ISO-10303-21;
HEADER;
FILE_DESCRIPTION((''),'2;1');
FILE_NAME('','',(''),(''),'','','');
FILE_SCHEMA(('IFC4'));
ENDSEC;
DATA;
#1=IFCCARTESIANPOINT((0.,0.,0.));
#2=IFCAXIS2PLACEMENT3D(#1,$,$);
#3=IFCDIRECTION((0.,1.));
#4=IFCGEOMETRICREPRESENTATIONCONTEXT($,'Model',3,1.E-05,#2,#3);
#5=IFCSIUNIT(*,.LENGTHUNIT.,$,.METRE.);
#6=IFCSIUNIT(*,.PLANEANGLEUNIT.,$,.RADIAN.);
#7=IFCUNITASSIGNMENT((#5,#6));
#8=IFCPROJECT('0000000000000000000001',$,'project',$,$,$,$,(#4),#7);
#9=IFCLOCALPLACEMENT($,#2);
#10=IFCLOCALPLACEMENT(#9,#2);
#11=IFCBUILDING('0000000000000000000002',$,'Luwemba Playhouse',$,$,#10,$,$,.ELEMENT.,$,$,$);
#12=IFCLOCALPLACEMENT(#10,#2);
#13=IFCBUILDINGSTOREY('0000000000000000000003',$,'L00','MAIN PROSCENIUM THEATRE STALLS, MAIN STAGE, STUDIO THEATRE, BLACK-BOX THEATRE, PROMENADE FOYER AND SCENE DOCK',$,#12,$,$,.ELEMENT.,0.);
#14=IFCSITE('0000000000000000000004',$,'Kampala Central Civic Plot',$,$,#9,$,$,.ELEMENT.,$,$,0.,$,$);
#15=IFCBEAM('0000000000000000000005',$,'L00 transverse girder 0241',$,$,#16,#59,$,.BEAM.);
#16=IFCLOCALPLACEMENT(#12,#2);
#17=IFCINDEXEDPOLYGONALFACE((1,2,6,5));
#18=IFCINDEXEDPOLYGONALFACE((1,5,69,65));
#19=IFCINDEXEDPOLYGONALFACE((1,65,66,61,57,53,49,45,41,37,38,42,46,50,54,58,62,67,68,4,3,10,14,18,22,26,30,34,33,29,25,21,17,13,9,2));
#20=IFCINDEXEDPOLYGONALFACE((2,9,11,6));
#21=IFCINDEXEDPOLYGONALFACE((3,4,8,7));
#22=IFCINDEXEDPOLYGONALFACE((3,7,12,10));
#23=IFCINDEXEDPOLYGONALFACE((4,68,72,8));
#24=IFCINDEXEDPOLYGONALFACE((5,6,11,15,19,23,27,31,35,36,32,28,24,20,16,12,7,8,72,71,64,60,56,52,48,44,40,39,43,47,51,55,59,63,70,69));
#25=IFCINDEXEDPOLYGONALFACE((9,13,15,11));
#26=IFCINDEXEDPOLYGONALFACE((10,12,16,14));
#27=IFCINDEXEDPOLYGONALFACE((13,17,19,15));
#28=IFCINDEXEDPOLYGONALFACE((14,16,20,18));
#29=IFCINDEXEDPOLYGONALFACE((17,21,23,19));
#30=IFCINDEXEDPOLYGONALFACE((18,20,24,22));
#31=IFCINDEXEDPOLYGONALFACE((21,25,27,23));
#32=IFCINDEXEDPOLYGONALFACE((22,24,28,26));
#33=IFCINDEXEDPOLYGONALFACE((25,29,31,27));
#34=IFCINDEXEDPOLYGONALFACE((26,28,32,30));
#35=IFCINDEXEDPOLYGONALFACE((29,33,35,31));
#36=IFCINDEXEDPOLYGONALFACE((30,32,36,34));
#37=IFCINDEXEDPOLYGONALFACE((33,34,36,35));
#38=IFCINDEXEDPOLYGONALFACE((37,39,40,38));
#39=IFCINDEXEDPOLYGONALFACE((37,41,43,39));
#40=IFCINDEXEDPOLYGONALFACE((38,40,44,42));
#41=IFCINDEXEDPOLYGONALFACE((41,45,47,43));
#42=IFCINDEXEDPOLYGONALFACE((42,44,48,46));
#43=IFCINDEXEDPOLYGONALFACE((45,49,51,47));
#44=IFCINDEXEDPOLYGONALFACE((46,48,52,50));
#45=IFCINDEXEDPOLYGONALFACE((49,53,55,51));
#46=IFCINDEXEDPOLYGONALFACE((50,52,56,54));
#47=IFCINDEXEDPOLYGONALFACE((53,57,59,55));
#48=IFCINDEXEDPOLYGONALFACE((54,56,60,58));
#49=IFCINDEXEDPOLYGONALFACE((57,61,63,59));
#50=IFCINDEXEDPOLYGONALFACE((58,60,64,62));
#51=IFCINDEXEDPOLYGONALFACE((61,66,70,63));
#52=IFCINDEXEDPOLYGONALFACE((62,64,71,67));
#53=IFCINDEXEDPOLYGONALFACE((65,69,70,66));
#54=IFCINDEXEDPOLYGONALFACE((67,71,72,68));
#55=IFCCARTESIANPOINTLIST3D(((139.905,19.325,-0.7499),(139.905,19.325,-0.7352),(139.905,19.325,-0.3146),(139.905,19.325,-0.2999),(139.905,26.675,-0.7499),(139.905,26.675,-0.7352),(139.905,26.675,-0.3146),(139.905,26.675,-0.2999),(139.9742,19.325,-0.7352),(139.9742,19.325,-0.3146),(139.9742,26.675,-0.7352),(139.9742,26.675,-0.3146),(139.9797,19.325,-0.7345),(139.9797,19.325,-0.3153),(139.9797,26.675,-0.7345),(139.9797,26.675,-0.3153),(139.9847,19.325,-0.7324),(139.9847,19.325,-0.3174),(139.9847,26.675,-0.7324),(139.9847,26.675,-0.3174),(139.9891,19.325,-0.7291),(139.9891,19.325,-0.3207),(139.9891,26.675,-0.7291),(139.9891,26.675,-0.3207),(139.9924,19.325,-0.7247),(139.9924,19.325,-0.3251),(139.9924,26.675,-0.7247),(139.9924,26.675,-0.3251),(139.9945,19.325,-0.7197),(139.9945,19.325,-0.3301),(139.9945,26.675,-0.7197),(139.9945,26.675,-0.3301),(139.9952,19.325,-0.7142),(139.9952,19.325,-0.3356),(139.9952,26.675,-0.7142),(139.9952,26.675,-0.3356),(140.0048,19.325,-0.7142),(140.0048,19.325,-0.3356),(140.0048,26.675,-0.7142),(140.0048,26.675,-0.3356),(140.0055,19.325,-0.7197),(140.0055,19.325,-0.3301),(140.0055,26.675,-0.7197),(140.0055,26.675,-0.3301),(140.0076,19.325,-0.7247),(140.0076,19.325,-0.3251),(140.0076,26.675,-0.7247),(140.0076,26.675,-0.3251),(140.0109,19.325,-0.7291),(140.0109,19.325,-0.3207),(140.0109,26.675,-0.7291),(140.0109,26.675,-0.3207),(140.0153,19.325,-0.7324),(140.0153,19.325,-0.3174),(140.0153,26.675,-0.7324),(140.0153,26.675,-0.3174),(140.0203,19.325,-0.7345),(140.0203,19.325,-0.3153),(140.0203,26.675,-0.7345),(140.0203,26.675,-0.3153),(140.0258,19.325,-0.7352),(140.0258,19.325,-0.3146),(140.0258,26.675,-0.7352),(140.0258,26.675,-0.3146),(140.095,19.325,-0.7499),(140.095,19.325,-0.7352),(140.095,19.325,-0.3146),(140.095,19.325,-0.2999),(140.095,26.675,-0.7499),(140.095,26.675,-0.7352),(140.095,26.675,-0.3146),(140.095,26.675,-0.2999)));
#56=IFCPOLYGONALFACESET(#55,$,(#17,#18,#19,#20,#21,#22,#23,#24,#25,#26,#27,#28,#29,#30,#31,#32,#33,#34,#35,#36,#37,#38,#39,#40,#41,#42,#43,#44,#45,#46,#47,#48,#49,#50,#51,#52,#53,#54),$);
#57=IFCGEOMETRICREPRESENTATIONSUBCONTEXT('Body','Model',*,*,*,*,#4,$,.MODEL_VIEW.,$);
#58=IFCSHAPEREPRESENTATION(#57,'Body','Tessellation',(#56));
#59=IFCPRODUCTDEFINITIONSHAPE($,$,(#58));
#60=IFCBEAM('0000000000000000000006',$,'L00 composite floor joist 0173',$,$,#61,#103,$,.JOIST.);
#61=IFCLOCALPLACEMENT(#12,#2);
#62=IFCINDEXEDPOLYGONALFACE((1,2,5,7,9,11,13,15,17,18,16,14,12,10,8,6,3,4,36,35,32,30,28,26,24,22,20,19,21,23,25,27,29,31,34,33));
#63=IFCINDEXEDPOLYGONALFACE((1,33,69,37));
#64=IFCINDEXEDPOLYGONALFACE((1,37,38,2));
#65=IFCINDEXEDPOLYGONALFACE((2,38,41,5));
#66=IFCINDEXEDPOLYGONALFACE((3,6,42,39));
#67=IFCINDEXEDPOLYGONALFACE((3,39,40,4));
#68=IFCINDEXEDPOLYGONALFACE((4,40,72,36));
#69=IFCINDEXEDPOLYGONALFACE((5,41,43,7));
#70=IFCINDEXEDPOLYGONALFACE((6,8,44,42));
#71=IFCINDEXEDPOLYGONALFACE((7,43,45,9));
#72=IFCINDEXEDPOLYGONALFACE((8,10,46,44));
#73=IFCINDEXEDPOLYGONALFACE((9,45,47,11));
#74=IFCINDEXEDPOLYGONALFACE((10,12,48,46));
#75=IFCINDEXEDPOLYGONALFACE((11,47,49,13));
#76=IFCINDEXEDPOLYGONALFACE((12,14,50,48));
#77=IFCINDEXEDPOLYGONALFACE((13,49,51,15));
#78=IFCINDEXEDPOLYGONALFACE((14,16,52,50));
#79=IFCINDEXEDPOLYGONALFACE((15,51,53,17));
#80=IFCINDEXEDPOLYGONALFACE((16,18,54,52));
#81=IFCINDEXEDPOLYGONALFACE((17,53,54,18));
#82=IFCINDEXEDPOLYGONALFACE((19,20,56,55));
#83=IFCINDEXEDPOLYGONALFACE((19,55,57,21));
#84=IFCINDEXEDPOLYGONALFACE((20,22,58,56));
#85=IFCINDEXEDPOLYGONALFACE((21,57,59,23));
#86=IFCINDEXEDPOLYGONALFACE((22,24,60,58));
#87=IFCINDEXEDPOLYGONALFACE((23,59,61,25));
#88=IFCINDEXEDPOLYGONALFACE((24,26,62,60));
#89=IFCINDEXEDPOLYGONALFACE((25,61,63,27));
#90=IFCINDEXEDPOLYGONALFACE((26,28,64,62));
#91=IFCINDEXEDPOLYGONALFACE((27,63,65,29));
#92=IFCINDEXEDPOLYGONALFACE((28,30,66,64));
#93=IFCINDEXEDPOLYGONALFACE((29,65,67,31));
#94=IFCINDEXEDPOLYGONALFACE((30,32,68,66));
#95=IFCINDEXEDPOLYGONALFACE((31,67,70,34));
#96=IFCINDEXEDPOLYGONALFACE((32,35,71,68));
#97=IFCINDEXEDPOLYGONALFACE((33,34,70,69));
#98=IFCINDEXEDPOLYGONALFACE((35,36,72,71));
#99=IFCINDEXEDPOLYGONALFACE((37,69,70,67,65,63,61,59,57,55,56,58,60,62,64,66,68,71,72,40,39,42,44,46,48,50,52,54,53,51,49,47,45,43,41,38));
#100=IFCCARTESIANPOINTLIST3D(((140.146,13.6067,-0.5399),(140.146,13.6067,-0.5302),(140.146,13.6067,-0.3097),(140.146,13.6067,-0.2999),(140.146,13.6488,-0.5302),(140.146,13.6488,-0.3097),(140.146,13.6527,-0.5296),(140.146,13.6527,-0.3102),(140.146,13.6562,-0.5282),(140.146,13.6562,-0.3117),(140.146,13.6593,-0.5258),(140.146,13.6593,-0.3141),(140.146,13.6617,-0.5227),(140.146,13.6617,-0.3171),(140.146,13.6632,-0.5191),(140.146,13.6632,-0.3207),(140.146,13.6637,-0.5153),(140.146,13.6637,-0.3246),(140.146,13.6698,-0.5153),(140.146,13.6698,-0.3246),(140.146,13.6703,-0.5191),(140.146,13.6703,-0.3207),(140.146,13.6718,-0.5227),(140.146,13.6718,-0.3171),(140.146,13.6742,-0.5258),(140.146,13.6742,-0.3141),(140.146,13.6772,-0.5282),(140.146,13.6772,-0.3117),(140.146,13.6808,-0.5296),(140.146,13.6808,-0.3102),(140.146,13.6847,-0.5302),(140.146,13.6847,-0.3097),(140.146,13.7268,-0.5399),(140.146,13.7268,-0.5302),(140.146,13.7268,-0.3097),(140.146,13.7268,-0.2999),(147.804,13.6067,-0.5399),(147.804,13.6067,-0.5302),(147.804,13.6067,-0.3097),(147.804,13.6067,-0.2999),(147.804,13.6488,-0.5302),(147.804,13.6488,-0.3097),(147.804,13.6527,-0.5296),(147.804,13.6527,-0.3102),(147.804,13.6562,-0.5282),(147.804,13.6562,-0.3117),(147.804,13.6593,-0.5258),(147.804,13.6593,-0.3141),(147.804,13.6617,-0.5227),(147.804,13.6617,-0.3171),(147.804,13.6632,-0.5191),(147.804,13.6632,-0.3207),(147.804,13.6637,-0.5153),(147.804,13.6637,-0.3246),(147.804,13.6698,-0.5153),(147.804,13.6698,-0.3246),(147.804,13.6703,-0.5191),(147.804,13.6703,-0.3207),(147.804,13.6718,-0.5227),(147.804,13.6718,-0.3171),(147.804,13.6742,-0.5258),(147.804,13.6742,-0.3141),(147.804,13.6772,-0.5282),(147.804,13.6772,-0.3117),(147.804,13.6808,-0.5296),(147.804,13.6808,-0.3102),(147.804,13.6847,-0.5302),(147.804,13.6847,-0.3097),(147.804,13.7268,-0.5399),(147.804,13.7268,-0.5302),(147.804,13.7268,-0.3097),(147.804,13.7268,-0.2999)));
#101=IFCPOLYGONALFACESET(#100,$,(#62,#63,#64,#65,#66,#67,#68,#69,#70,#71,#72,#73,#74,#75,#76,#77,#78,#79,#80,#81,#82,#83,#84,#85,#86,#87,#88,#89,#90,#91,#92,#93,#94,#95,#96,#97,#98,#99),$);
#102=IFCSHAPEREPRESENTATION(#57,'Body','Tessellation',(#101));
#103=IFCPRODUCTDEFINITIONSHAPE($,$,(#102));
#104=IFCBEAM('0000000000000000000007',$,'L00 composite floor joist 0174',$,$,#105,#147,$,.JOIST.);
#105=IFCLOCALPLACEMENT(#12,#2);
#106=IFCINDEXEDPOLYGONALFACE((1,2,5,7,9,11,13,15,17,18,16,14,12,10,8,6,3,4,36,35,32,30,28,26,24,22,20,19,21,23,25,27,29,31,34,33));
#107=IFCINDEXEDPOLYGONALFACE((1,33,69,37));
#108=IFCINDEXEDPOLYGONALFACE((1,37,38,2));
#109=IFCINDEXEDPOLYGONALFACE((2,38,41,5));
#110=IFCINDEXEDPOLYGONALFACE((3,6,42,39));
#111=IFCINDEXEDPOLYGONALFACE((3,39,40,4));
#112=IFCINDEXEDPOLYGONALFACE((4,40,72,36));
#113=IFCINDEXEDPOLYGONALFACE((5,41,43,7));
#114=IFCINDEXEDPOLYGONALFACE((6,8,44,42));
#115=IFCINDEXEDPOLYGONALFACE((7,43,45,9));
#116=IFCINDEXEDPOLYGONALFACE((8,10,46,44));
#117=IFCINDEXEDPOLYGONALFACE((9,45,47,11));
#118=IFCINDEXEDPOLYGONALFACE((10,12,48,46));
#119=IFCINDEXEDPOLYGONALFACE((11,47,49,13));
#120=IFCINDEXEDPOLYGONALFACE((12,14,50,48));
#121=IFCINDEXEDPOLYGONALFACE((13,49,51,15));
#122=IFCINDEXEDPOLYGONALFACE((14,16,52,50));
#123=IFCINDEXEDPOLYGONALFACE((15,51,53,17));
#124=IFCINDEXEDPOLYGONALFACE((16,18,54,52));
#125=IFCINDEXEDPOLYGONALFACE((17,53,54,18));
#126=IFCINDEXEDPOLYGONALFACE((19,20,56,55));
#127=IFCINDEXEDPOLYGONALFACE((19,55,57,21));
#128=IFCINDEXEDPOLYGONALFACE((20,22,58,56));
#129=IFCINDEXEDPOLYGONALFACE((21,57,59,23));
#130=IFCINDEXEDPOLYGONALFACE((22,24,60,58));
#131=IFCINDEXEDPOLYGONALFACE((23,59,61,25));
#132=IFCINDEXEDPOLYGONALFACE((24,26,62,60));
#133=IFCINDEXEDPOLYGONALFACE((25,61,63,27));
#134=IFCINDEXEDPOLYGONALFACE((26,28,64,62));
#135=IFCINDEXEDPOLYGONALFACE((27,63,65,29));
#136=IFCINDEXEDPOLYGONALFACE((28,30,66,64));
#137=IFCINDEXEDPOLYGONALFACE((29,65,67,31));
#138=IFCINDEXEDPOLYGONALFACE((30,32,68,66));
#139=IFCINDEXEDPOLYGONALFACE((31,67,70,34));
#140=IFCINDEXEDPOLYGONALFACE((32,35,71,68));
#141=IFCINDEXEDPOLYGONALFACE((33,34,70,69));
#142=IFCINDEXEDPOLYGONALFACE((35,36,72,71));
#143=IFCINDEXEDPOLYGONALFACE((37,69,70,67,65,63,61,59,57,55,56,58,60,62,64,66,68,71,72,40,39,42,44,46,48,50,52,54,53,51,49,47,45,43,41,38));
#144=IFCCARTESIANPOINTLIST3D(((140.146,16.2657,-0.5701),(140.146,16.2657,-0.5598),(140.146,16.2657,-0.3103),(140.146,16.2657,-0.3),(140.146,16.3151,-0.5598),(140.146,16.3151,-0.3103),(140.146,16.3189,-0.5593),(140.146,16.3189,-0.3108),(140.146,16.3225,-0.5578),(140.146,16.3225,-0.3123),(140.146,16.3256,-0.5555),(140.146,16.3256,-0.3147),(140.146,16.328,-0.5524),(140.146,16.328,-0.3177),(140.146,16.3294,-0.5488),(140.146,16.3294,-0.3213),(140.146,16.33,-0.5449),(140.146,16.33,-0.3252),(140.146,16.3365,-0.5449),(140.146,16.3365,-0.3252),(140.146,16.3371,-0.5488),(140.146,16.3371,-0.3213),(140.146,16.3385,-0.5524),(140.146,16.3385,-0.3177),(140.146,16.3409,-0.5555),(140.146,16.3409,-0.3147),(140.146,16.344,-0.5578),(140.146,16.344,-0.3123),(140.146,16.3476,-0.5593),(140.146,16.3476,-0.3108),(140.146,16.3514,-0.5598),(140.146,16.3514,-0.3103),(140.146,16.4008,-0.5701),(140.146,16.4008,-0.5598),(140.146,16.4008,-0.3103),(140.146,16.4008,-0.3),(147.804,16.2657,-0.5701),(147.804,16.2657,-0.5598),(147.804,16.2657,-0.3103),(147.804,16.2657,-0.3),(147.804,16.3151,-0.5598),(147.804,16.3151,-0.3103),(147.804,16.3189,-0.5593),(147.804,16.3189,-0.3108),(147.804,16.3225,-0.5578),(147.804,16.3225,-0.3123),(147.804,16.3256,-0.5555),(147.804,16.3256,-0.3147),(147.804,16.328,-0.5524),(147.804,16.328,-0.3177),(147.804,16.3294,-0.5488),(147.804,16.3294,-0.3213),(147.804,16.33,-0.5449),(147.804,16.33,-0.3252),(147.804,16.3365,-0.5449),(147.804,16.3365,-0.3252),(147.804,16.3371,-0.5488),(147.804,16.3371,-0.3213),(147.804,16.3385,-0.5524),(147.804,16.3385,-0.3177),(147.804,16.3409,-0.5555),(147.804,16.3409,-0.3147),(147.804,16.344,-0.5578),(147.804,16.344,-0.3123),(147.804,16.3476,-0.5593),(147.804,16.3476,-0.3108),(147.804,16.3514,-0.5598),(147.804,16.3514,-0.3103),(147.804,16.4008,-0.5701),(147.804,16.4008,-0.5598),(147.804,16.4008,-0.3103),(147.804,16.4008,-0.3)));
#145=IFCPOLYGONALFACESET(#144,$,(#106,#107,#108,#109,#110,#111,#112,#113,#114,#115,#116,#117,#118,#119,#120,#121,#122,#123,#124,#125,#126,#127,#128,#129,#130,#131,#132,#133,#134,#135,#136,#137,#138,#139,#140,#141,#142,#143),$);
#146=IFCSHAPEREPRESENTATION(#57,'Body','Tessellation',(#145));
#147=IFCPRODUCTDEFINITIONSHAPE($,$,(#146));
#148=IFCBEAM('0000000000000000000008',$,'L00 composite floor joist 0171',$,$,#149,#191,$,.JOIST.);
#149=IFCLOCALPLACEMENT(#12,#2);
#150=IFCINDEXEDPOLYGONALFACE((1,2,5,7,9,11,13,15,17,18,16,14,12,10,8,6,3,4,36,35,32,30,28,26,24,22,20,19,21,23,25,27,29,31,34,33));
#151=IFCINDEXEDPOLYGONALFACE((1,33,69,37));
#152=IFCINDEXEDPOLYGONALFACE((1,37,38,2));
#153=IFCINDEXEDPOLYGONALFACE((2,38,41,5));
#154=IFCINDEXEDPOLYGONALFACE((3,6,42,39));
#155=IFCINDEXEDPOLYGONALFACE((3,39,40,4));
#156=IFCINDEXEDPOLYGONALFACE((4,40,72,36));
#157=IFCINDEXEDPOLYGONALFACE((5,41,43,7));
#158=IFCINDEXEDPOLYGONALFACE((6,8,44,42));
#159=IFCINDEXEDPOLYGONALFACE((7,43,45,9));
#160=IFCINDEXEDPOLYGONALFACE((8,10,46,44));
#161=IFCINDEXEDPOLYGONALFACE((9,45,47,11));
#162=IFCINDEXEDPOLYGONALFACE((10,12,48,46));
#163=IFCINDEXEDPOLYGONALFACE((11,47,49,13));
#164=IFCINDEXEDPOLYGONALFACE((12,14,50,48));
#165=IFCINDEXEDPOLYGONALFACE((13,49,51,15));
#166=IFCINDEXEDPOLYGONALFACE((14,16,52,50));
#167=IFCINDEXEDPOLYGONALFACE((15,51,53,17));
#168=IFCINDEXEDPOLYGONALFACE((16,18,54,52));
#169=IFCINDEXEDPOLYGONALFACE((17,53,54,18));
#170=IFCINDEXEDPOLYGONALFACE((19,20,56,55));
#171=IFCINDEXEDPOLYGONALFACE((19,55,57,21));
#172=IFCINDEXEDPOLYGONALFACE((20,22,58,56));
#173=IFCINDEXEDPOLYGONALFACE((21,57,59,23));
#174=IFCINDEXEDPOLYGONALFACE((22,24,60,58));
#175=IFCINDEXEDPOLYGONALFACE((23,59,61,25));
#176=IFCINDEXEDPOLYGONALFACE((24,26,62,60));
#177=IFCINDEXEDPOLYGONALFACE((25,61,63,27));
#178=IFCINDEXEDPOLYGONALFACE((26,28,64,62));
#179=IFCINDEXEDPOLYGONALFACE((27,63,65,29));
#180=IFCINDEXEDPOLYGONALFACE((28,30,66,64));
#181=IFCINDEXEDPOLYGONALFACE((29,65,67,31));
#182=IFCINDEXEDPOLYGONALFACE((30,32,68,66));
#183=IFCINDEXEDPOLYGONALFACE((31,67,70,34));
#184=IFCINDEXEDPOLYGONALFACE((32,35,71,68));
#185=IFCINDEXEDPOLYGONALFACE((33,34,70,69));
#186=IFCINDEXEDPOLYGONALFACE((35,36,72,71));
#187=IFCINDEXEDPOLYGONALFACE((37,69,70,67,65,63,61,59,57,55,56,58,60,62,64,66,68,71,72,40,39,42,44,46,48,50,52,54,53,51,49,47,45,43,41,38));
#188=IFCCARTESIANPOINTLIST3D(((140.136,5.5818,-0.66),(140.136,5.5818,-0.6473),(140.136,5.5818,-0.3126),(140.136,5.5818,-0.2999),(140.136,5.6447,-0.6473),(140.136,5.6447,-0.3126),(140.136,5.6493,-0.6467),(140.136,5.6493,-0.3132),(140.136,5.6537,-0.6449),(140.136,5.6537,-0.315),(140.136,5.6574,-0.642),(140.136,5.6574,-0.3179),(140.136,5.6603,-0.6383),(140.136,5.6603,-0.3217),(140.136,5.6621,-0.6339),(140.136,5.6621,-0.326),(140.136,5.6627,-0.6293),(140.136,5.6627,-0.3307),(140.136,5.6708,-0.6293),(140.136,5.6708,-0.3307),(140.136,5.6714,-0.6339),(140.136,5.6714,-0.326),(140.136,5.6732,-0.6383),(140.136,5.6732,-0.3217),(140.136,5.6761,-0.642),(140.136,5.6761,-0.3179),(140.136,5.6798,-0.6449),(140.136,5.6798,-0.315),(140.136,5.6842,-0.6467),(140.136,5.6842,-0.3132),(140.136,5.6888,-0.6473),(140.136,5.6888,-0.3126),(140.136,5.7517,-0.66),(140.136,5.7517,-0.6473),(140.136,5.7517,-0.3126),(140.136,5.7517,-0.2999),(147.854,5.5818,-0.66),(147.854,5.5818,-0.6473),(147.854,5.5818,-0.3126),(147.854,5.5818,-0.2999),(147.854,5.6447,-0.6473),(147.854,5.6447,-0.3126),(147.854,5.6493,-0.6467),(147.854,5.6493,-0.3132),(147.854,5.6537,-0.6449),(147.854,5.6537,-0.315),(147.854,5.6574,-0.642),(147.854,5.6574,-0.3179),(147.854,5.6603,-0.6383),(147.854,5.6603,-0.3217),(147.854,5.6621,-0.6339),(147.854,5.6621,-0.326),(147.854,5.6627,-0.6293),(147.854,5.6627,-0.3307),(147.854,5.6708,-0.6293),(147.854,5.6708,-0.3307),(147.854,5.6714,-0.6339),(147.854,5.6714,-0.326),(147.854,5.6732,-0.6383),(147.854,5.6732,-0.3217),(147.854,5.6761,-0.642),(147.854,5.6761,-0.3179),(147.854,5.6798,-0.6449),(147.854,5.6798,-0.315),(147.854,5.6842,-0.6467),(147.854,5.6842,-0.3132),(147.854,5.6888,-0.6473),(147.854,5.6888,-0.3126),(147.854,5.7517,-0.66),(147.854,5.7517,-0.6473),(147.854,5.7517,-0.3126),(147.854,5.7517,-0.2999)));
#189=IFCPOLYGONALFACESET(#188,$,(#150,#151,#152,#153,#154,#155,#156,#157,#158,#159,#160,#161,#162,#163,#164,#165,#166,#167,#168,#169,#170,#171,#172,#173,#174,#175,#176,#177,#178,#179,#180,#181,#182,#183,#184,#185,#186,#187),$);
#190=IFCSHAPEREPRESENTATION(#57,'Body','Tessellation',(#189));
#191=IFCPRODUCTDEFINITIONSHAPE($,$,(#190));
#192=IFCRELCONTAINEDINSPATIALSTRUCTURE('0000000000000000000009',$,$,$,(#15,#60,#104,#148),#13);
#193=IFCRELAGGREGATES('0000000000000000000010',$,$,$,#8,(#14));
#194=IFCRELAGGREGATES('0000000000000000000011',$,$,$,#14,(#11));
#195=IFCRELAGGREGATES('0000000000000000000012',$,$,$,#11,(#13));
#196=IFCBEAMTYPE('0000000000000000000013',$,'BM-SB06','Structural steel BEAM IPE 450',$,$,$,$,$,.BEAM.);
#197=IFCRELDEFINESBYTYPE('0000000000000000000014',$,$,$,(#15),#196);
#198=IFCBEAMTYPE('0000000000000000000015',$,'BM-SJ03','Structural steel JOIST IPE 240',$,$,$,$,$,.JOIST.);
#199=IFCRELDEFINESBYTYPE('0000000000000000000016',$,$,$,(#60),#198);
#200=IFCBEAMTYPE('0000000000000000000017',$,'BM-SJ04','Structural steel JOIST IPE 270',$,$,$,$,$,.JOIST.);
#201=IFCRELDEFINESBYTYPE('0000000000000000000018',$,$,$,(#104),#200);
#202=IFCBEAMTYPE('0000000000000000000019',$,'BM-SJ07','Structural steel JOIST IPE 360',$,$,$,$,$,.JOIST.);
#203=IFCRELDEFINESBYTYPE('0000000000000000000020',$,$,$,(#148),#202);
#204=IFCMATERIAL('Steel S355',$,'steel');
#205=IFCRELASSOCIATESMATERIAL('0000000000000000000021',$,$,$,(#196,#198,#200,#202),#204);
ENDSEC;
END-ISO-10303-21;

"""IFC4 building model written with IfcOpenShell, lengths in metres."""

from ifc_helpers import new_model, si_unit, direction, frame, origin, origin_2d, place, context, subcontext, project, spatial, i_section, extrude, material, material_profile, profile_set, type_object, element, save


model = new_model("IFC4")

# Units and contexts
model_context = context("Model", 3, precision=1e-05, world=origin(), true_north=direction((0.0, 1.0)))
body_context = subcontext(model_context, "Body", "Model", "MODEL_VIEW")
ifc_project = project(units=[si_unit("LENGTHUNIT", "METRE"), si_unit("PLANEANGLEUNIT", "RADIAN")], contexts=[model_context])

# Site, building, storey
site_placement = place(None, origin())
site = spatial("IfcSite", under=ifc_project, at=site_placement, Name="Kampala Central Civic Plot", CompositionType="ELEMENT", RefElevation=0.0)
building_placement = place(site_placement, origin())
building = spatial("IfcBuilding", under=site, at=building_placement, Name="Luwemba Playhouse", CompositionType="ELEMENT")
storey_placement = place(building_placement, origin())
storey = spatial("IfcBuildingStorey", under=building, at=storey_placement, Name="L00", Description="MAIN PROSCENIUM THEATRE STALLS, MAIN STAGE, STUDIO THEATRE, BLACK-BOX THEATRE, PROMENADE FOYER AND SCENE DOCK", CompositionType="ELEMENT", Elevation=0.0)

# Beams
ifc_material_1 = material(Name="Steel S355", Category="steel")
ifc_material_profile_1 = material_profile(ifc_material_1, i_section(OverallWidth=0.1899, OverallDepth=0.45, WebThickness=0.0095, FlangeThickness=0.0146, FilletRadius=0.021, at=origin_2d()))
ifc_profile_set_1 = profile_set([ifc_material_profile_1], Name="Steel S355")
beam_type_1 = type_object("IfcBeamType", Name="BM-SB06", Description="Structural steel BEAM IPE 450", PredefinedType="BEAM", material=ifc_profile_set_1)
beam_1_placement = place(storey_placement, frame((140.0, 19.325, -0.5249), z_axis=(0.0, 1.0, 0.0), x_axis=(-1.0, 0.0, 0.0)))
element("IfcBeam", 1, at=beam_1_placement, inside=storey, type_object=beam_type_1, Name="L00 transverse girder 0241", PredefinedType="BEAM", context=body_context, shape_type="SweptSolid", body=[
    extrude(i_section(OverallWidth=0.1899, OverallDepth=0.45, WebThickness=0.0095, FlangeThickness=0.0146, FilletRadius=0.021, at=origin_2d()), origin(), (0.0, 0.0, 1.0), 7.3501),
])
ifc_material_profile_2 = material_profile(ifc_material_1, i_section(OverallWidth=0.1201, OverallDepth=0.24, WebThickness=0.0061, FlangeThickness=0.0098, FilletRadius=0.0149, at=origin_2d()))
ifc_profile_set_2 = profile_set([ifc_material_profile_2], Name="Steel S355")
beam_type_2 = type_object("IfcBeamType", Name="BM-SJ03", Description="Structural steel JOIST IPE 240", PredefinedType="JOIST", material=ifc_profile_set_2)
beam_2_placement = place(storey_placement, frame((140.146, 13.6667, -0.4199), z_axis=(1.0, 0.0, 0.0), x_axis=(0.0, 1.0, 0.0)))
element("IfcBeam", 2, at=beam_2_placement, inside=storey, type_object=beam_type_2, Name="L00 composite floor joist 0173", PredefinedType="JOIST", context=body_context, shape_type="SweptSolid", body=[
    extrude(i_section(OverallWidth=0.1201, OverallDepth=0.24, WebThickness=0.0061, FlangeThickness=0.0098, FilletRadius=0.0149, at=origin_2d()), origin(), (0.0, 0.0, 1.0), 7.658),
])
ifc_material_profile_3 = material_profile(ifc_material_1, i_section(OverallWidth=0.135, OverallDepth=0.27, WebThickness=0.0066, FlangeThickness=0.0103, FilletRadius=0.0149, at=origin_2d()))
ifc_profile_set_3 = profile_set([ifc_material_profile_3], Name="Steel S355")
beam_type_3 = type_object("IfcBeamType", Name="BM-SJ04", Description="Structural steel JOIST IPE 270", PredefinedType="JOIST", material=ifc_profile_set_3)
beam_3_placement = place(storey_placement, frame((140.146, 16.3333, -0.4351), z_axis=(1.0, 0.0, 0.0), x_axis=(0.0, 1.0, 0.0)))
element("IfcBeam", 3, at=beam_3_placement, inside=storey, type_object=beam_type_3, Name="L00 composite floor joist 0174", PredefinedType="JOIST", context=body_context, shape_type="SweptSolid", body=[
    extrude(i_section(OverallWidth=0.135, OverallDepth=0.27, WebThickness=0.0066, FlangeThickness=0.0103, FilletRadius=0.0149, at=origin_2d()), origin(), (0.0, 0.0, 1.0), 7.658),
])
ifc_material_profile_4 = material_profile(ifc_material_1, i_section(OverallWidth=0.1699, OverallDepth=0.3601, WebThickness=0.0081, FlangeThickness=0.0127, FilletRadius=0.0181, at=origin_2d()))
ifc_profile_set_4 = profile_set([ifc_material_profile_4], Name="Steel S355")
beam_type_4 = type_object("IfcBeamType", Name="BM-SJ07", Description="Structural steel JOIST IPE 360", PredefinedType="JOIST", material=ifc_profile_set_4)
beam_4_placement = place(storey_placement, frame((140.136, 5.6667, -0.48), z_axis=(1.0, 0.0, 0.0), x_axis=(0.0, 1.0, 0.0)))
element("IfcBeam", 4, at=beam_4_placement, inside=storey, type_object=beam_type_4, Name="L00 composite floor joist 0171", PredefinedType="JOIST", context=body_context, shape_type="SweptSolid", body=[
    extrude(i_section(OverallWidth=0.1699, OverallDepth=0.3601, WebThickness=0.0081, FlangeThickness=0.0127, FilletRadius=0.0181, at=origin_2d()), origin(), (0.0, 0.0, 1.0), 7.718),
])

save(model, "model.ifc")
